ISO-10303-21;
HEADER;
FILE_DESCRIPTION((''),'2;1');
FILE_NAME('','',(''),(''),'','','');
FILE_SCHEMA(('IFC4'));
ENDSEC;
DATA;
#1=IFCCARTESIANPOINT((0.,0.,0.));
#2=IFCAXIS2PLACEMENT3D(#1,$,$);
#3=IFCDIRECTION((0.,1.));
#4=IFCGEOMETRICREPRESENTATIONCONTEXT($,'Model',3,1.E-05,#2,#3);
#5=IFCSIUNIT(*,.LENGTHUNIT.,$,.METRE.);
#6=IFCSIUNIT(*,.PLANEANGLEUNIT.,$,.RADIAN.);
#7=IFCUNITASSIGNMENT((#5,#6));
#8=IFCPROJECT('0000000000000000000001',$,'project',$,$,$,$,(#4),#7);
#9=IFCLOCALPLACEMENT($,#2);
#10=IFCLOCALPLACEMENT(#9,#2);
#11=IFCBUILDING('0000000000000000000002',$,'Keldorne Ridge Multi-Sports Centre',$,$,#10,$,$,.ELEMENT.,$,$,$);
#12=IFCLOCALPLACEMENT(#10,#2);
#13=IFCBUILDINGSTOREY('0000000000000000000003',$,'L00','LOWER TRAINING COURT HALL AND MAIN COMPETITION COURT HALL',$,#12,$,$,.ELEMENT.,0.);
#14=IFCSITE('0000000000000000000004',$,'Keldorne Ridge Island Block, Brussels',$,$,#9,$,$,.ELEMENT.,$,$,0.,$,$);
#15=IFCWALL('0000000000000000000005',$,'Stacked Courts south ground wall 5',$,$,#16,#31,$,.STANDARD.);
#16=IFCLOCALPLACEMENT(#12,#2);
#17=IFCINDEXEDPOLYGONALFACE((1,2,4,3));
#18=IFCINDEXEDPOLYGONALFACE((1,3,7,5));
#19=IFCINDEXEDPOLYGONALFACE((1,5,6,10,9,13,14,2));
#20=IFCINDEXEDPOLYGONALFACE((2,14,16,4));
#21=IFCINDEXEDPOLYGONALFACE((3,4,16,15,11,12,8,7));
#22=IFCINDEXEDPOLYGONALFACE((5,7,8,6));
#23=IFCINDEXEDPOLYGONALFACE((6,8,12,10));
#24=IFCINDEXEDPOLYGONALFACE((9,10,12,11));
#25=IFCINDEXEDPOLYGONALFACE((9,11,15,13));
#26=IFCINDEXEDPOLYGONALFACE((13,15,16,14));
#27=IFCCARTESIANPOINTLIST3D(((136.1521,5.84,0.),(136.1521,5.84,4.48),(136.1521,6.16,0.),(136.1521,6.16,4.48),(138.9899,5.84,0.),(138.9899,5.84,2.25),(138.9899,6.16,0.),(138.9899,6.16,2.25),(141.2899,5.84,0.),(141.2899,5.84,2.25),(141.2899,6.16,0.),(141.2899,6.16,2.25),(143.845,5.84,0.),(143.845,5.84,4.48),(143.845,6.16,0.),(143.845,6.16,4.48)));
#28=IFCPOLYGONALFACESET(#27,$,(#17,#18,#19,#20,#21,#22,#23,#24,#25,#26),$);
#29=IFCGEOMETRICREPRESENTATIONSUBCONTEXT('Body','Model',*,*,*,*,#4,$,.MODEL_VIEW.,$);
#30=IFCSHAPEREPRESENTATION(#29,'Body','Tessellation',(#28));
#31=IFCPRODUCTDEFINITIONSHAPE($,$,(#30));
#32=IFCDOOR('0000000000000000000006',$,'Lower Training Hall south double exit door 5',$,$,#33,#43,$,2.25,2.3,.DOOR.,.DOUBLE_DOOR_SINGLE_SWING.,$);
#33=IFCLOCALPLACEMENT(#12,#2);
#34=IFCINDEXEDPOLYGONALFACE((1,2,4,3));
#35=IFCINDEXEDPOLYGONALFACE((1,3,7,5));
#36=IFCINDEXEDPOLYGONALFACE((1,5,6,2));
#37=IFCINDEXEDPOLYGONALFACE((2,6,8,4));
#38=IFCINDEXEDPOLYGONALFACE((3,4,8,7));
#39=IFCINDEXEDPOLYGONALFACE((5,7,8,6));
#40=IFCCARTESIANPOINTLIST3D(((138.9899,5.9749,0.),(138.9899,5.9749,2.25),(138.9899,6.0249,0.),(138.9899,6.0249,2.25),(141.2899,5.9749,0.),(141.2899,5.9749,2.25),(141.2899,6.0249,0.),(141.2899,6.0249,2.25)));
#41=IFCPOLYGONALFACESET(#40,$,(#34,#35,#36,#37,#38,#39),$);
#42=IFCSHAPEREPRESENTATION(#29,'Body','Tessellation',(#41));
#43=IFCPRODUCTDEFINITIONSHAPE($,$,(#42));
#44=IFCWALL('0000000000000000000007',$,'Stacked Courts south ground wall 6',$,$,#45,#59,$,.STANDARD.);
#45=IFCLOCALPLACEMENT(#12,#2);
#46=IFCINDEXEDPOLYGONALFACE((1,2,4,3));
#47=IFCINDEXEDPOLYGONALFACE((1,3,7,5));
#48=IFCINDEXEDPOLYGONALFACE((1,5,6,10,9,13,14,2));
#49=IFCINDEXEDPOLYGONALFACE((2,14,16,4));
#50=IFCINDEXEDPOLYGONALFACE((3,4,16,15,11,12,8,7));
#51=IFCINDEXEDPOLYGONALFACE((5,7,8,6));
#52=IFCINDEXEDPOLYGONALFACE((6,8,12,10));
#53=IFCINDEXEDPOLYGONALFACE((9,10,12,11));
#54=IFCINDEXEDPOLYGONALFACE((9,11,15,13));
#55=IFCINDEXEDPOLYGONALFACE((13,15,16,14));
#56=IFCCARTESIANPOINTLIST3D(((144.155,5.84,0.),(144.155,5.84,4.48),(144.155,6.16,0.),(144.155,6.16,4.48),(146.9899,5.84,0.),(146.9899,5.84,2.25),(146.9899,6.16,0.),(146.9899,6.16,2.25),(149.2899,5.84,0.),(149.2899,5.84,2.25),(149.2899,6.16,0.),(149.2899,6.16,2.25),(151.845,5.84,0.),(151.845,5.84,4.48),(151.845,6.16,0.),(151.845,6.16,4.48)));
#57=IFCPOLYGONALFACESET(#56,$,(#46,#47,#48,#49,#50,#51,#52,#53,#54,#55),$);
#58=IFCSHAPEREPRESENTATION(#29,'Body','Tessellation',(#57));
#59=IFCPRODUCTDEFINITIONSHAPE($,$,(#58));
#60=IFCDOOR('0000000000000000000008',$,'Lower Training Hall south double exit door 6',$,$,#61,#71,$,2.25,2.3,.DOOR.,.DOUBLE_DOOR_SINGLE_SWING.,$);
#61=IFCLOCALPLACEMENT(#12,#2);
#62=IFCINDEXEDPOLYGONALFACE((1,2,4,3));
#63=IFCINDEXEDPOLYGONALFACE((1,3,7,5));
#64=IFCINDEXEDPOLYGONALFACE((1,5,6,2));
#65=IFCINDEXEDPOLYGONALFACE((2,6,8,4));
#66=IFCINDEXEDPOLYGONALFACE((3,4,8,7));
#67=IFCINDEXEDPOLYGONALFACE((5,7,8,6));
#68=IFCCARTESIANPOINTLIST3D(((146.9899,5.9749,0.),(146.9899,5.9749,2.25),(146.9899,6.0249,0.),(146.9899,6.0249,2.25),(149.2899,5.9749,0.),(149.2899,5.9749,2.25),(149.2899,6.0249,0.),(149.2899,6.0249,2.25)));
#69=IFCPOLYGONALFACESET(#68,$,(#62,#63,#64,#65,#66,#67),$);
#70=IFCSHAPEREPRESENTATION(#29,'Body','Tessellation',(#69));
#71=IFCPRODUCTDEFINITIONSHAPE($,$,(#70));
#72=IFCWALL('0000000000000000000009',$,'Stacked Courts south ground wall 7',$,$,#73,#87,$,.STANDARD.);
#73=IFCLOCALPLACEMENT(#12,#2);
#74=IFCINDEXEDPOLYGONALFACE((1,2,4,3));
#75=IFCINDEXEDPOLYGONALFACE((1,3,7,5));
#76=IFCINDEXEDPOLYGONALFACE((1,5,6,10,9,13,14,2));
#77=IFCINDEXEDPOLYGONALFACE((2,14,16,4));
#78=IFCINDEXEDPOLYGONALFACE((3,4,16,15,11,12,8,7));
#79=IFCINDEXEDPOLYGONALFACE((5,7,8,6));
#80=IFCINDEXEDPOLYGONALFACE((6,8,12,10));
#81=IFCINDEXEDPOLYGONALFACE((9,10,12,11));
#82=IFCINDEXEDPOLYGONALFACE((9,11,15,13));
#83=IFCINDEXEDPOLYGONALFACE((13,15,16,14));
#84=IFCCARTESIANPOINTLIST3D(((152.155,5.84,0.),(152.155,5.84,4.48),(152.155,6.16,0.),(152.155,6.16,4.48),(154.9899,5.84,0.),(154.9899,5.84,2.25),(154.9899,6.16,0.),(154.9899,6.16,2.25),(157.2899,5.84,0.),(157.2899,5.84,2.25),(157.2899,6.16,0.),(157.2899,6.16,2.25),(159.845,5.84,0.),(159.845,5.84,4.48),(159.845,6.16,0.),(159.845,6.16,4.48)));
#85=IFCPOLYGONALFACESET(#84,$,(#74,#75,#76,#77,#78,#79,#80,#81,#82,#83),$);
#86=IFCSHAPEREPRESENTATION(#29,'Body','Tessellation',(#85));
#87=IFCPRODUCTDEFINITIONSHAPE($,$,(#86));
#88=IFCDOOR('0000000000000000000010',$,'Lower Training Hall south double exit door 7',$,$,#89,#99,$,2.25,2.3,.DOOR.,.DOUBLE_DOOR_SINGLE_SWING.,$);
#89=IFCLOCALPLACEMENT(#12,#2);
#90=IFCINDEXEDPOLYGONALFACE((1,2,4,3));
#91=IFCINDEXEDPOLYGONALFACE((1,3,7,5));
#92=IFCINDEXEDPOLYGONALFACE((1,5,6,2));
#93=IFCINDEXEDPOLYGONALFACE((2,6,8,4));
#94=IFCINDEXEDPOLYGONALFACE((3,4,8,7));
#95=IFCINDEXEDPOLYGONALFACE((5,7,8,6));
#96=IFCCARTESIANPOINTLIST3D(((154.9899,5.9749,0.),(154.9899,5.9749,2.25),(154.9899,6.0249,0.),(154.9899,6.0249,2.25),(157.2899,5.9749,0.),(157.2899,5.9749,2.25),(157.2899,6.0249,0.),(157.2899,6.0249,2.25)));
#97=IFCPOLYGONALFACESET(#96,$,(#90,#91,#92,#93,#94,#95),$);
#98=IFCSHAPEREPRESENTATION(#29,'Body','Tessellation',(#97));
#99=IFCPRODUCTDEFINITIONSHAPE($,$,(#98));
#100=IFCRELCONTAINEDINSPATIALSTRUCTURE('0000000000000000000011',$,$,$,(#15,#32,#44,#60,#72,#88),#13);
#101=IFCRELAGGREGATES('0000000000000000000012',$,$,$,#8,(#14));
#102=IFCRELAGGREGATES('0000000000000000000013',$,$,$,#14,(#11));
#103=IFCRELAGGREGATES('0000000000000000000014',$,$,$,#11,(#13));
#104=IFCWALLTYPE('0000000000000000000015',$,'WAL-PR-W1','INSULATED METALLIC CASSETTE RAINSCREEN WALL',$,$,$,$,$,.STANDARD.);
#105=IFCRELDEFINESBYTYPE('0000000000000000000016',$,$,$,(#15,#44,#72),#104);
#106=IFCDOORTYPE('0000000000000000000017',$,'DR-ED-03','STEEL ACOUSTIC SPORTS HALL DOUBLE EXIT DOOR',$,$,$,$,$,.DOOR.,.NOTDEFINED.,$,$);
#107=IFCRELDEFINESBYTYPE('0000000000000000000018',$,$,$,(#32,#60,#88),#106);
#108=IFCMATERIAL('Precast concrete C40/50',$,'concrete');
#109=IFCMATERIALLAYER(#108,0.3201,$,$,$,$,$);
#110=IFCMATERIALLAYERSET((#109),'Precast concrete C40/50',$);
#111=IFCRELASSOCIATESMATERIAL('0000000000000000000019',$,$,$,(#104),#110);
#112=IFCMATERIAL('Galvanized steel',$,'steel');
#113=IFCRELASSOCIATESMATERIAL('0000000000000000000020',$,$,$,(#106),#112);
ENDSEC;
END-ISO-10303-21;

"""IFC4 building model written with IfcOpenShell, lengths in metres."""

from ifc_helpers import new_model, si_unit, direction, frame, frame_2d, origin, place, context, subcontext, project, spatial, rectangle, extrude, material, layer, layer_set, type_object, element, fill, save


model = new_model("IFC4")

# Units and contexts
model_context = context("Model", 3, precision=1e-05, world=origin(), true_north=direction((0.0, 1.0)))
body_context = subcontext(model_context, "Body", "Model", "MODEL_VIEW")
ifc_project = project(units=[si_unit("LENGTHUNIT", "METRE"), si_unit("PLANEANGLEUNIT", "RADIAN")], contexts=[model_context])

# Site, building, storey
site_placement = place(None, origin())
site = spatial("IfcSite", under=ifc_project, at=site_placement, Name="Keldorne Ridge Island Block, Brussels", CompositionType="ELEMENT", RefElevation=0.0)
building_placement = place(site_placement, origin())
building = spatial("IfcBuilding", under=site, at=building_placement, Name="Keldorne Ridge Multi-Sports Centre", CompositionType="ELEMENT")
storey_placement = place(building_placement, origin())
storey = spatial("IfcBuildingStorey", under=building, at=storey_placement, Name="L00", Description="LOWER TRAINING COURT HALL AND MAIN COMPETITION COURT HALL", CompositionType="ELEMENT", Elevation=0.0)

# Walls, openings, doors
ifc_material_1 = material(Name="Precast concrete C40/50", Category="concrete")
ifc_layer_1 = layer(ifc_material_1, 0.3201)
ifc_layer_set_1 = layer_set([ifc_layer_1], Name="Precast concrete C40/50")
wall_type = type_object("IfcWallType", Name="WAL-PR-W1", Description="INSULATED METALLIC CASSETTE RAINSCREEN WALL", PredefinedType="STANDARD", material=ifc_layer_set_1)
wall_1_placement = place(storey_placement, frame((136.1521, 6.0, 0.0), z_axis=(0.0, 0.0, 1.0), x_axis=(1.0, 0.0, 0.0)))
wall_1 = element("IfcWall", 1, at=wall_1_placement, inside=storey, type_object=wall_type, Name="Stacked Courts south ground wall 5", PredefinedType="STANDARD", context=body_context, shape_type="SweptSolid", body=[
    extrude(rectangle(XDim=7.6929, YDim=0.3201, at=frame_2d((3.8464, 0.0))), origin(), (0.0, 0.0, 1.0), 4.48),
])
opening_1_placement = place(wall_1_placement, frame((2.8379, 0.0, 0.0)))
opening_1 = element("IfcOpeningElement", 2, at=opening_1_placement, cuts=wall_1, PredefinedType="OPENING", context=body_context, shape_type="SweptSolid", body=[
    extrude(rectangle(XDim=2.3, YDim=2.25, at=frame_2d((1.1499, 1.125))), frame((0.0, 0.1699, 0.0), z_axis=(0.0, -1.0, 0.0), x_axis=(1.0, 0.0, 0.0)), (0.0, 0.0, 1.0), 0.3401),
])
ifc_material_2 = material(Name="Galvanized steel", Category="steel")
door_type = type_object("IfcDoorType", Name="DR-ED-03", Description="STEEL ACOUSTIC SPORTS HALL DOUBLE EXIT DOOR", OperationType="NOTDEFINED", PredefinedType="DOOR", material=ifc_material_2)
door_1_placement = place(opening_1_placement, origin())
door_1 = element("IfcDoor", 3, at=door_1_placement, inside=storey, type_object=door_type, Name="Lower Training Hall south double exit door 5", OperationType="DOUBLE_DOOR_SINGLE_SWING", OverallHeight=2.25, OverallWidth=2.3, PredefinedType="DOOR", context=body_context, shape_type="SweptSolid", body=[
    extrude(rectangle(XDim=2.3, YDim=2.25, at=frame_2d((1.1499, 1.125))), frame((0.0, 0.0249, 0.0), z_axis=(0.0, -1.0, 0.0), x_axis=(1.0, 0.0, 0.0)), (0.0, 0.0, 1.0), 0.05),
])
fill(opening_1, door_1)
wall_2_placement = place(storey_placement, frame((144.155, 6.0, 0.0), z_axis=(0.0, 0.0, 1.0), x_axis=(1.0, 0.0, 0.0)))
wall_2 = element("IfcWall", 4, at=wall_2_placement, inside=storey, type_object=wall_type, Name="Stacked Courts south ground wall 6", PredefinedType="STANDARD", context=body_context, shape_type="SweptSolid", body=[
    extrude(rectangle(XDim=7.6899, YDim=0.3201, at=frame_2d((3.845, 0.0))), origin(), (0.0, 0.0, 1.0), 4.48),
])
opening_2_placement = place(wall_2_placement, frame((2.835, 0.0, 0.0)))
opening_2 = element("IfcOpeningElement", 5, at=opening_2_placement, cuts=wall_2, PredefinedType="OPENING", context=body_context, shape_type="SweptSolid", body=[
    extrude(rectangle(XDim=2.3, YDim=2.25, at=frame_2d((1.1499, 1.125))), frame((0.0, 0.1699, 0.0), z_axis=(0.0, -1.0, 0.0), x_axis=(1.0, 0.0, 0.0)), (0.0, 0.0, 1.0), 0.3401),
])
door_2_placement = place(opening_2_placement, origin())
door_2 = element("IfcDoor", 6, at=door_2_placement, inside=storey, type_object=door_type, Name="Lower Training Hall south double exit door 6", OperationType="DOUBLE_DOOR_SINGLE_SWING", OverallHeight=2.25, OverallWidth=2.3, PredefinedType="DOOR", context=body_context, shape_type="SweptSolid", body=[
    extrude(rectangle(XDim=2.3, YDim=2.25, at=frame_2d((1.1499, 1.125))), frame((0.0, 0.0249, 0.0), z_axis=(0.0, -1.0, 0.0), x_axis=(1.0, 0.0, 0.0)), (0.0, 0.0, 1.0), 0.05),
])
fill(opening_2, door_2)
wall_3_placement = place(storey_placement, frame((152.155, 6.0, 0.0), z_axis=(0.0, 0.0, 1.0), x_axis=(1.0, 0.0, 0.0)))
wall_3 = element("IfcWall", 7, at=wall_3_placement, inside=storey, type_object=wall_type, Name="Stacked Courts south ground wall 7", PredefinedType="STANDARD", context=body_context, shape_type="SweptSolid", body=[
    extrude(rectangle(XDim=7.6899, YDim=0.3201, at=frame_2d((3.845, 0.0))), origin(), (0.0, 0.0, 1.0), 4.48),
])
opening_3_placement = place(wall_3_placement, frame((2.835, 0.0, 0.0)))
opening_3 = element("IfcOpeningElement", 8, at=opening_3_placement, cuts=wall_3, PredefinedType="OPENING", context=body_context, shape_type="SweptSolid", body=[
    extrude(rectangle(XDim=2.3, YDim=2.25, at=frame_2d((1.1499, 1.125))), frame((0.0, 0.1699, 0.0), z_axis=(0.0, -1.0, 0.0), x_axis=(1.0, 0.0, 0.0)), (0.0, 0.0, 1.0), 0.3401),
])
door_3_placement = place(opening_3_placement, origin())
door_3 = element("IfcDoor", 9, at=door_3_placement, inside=storey, type_object=door_type, Name="Lower Training Hall south double exit door 7", OperationType="DOUBLE_DOOR_SINGLE_SWING", OverallHeight=2.25, OverallWidth=2.3, PredefinedType="DOOR", context=body_context, shape_type="SweptSolid", body=[
    extrude(rectangle(XDim=2.3, YDim=2.25, at=frame_2d((1.1499, 1.125))), frame((0.0, 0.0249, 0.0), z_axis=(0.0, -1.0, 0.0), x_axis=(1.0, 0.0, 0.0)), (0.0, 0.0, 1.0), 0.05),
])
fill(opening_3, door_3)

save(model, "model.ifc")
